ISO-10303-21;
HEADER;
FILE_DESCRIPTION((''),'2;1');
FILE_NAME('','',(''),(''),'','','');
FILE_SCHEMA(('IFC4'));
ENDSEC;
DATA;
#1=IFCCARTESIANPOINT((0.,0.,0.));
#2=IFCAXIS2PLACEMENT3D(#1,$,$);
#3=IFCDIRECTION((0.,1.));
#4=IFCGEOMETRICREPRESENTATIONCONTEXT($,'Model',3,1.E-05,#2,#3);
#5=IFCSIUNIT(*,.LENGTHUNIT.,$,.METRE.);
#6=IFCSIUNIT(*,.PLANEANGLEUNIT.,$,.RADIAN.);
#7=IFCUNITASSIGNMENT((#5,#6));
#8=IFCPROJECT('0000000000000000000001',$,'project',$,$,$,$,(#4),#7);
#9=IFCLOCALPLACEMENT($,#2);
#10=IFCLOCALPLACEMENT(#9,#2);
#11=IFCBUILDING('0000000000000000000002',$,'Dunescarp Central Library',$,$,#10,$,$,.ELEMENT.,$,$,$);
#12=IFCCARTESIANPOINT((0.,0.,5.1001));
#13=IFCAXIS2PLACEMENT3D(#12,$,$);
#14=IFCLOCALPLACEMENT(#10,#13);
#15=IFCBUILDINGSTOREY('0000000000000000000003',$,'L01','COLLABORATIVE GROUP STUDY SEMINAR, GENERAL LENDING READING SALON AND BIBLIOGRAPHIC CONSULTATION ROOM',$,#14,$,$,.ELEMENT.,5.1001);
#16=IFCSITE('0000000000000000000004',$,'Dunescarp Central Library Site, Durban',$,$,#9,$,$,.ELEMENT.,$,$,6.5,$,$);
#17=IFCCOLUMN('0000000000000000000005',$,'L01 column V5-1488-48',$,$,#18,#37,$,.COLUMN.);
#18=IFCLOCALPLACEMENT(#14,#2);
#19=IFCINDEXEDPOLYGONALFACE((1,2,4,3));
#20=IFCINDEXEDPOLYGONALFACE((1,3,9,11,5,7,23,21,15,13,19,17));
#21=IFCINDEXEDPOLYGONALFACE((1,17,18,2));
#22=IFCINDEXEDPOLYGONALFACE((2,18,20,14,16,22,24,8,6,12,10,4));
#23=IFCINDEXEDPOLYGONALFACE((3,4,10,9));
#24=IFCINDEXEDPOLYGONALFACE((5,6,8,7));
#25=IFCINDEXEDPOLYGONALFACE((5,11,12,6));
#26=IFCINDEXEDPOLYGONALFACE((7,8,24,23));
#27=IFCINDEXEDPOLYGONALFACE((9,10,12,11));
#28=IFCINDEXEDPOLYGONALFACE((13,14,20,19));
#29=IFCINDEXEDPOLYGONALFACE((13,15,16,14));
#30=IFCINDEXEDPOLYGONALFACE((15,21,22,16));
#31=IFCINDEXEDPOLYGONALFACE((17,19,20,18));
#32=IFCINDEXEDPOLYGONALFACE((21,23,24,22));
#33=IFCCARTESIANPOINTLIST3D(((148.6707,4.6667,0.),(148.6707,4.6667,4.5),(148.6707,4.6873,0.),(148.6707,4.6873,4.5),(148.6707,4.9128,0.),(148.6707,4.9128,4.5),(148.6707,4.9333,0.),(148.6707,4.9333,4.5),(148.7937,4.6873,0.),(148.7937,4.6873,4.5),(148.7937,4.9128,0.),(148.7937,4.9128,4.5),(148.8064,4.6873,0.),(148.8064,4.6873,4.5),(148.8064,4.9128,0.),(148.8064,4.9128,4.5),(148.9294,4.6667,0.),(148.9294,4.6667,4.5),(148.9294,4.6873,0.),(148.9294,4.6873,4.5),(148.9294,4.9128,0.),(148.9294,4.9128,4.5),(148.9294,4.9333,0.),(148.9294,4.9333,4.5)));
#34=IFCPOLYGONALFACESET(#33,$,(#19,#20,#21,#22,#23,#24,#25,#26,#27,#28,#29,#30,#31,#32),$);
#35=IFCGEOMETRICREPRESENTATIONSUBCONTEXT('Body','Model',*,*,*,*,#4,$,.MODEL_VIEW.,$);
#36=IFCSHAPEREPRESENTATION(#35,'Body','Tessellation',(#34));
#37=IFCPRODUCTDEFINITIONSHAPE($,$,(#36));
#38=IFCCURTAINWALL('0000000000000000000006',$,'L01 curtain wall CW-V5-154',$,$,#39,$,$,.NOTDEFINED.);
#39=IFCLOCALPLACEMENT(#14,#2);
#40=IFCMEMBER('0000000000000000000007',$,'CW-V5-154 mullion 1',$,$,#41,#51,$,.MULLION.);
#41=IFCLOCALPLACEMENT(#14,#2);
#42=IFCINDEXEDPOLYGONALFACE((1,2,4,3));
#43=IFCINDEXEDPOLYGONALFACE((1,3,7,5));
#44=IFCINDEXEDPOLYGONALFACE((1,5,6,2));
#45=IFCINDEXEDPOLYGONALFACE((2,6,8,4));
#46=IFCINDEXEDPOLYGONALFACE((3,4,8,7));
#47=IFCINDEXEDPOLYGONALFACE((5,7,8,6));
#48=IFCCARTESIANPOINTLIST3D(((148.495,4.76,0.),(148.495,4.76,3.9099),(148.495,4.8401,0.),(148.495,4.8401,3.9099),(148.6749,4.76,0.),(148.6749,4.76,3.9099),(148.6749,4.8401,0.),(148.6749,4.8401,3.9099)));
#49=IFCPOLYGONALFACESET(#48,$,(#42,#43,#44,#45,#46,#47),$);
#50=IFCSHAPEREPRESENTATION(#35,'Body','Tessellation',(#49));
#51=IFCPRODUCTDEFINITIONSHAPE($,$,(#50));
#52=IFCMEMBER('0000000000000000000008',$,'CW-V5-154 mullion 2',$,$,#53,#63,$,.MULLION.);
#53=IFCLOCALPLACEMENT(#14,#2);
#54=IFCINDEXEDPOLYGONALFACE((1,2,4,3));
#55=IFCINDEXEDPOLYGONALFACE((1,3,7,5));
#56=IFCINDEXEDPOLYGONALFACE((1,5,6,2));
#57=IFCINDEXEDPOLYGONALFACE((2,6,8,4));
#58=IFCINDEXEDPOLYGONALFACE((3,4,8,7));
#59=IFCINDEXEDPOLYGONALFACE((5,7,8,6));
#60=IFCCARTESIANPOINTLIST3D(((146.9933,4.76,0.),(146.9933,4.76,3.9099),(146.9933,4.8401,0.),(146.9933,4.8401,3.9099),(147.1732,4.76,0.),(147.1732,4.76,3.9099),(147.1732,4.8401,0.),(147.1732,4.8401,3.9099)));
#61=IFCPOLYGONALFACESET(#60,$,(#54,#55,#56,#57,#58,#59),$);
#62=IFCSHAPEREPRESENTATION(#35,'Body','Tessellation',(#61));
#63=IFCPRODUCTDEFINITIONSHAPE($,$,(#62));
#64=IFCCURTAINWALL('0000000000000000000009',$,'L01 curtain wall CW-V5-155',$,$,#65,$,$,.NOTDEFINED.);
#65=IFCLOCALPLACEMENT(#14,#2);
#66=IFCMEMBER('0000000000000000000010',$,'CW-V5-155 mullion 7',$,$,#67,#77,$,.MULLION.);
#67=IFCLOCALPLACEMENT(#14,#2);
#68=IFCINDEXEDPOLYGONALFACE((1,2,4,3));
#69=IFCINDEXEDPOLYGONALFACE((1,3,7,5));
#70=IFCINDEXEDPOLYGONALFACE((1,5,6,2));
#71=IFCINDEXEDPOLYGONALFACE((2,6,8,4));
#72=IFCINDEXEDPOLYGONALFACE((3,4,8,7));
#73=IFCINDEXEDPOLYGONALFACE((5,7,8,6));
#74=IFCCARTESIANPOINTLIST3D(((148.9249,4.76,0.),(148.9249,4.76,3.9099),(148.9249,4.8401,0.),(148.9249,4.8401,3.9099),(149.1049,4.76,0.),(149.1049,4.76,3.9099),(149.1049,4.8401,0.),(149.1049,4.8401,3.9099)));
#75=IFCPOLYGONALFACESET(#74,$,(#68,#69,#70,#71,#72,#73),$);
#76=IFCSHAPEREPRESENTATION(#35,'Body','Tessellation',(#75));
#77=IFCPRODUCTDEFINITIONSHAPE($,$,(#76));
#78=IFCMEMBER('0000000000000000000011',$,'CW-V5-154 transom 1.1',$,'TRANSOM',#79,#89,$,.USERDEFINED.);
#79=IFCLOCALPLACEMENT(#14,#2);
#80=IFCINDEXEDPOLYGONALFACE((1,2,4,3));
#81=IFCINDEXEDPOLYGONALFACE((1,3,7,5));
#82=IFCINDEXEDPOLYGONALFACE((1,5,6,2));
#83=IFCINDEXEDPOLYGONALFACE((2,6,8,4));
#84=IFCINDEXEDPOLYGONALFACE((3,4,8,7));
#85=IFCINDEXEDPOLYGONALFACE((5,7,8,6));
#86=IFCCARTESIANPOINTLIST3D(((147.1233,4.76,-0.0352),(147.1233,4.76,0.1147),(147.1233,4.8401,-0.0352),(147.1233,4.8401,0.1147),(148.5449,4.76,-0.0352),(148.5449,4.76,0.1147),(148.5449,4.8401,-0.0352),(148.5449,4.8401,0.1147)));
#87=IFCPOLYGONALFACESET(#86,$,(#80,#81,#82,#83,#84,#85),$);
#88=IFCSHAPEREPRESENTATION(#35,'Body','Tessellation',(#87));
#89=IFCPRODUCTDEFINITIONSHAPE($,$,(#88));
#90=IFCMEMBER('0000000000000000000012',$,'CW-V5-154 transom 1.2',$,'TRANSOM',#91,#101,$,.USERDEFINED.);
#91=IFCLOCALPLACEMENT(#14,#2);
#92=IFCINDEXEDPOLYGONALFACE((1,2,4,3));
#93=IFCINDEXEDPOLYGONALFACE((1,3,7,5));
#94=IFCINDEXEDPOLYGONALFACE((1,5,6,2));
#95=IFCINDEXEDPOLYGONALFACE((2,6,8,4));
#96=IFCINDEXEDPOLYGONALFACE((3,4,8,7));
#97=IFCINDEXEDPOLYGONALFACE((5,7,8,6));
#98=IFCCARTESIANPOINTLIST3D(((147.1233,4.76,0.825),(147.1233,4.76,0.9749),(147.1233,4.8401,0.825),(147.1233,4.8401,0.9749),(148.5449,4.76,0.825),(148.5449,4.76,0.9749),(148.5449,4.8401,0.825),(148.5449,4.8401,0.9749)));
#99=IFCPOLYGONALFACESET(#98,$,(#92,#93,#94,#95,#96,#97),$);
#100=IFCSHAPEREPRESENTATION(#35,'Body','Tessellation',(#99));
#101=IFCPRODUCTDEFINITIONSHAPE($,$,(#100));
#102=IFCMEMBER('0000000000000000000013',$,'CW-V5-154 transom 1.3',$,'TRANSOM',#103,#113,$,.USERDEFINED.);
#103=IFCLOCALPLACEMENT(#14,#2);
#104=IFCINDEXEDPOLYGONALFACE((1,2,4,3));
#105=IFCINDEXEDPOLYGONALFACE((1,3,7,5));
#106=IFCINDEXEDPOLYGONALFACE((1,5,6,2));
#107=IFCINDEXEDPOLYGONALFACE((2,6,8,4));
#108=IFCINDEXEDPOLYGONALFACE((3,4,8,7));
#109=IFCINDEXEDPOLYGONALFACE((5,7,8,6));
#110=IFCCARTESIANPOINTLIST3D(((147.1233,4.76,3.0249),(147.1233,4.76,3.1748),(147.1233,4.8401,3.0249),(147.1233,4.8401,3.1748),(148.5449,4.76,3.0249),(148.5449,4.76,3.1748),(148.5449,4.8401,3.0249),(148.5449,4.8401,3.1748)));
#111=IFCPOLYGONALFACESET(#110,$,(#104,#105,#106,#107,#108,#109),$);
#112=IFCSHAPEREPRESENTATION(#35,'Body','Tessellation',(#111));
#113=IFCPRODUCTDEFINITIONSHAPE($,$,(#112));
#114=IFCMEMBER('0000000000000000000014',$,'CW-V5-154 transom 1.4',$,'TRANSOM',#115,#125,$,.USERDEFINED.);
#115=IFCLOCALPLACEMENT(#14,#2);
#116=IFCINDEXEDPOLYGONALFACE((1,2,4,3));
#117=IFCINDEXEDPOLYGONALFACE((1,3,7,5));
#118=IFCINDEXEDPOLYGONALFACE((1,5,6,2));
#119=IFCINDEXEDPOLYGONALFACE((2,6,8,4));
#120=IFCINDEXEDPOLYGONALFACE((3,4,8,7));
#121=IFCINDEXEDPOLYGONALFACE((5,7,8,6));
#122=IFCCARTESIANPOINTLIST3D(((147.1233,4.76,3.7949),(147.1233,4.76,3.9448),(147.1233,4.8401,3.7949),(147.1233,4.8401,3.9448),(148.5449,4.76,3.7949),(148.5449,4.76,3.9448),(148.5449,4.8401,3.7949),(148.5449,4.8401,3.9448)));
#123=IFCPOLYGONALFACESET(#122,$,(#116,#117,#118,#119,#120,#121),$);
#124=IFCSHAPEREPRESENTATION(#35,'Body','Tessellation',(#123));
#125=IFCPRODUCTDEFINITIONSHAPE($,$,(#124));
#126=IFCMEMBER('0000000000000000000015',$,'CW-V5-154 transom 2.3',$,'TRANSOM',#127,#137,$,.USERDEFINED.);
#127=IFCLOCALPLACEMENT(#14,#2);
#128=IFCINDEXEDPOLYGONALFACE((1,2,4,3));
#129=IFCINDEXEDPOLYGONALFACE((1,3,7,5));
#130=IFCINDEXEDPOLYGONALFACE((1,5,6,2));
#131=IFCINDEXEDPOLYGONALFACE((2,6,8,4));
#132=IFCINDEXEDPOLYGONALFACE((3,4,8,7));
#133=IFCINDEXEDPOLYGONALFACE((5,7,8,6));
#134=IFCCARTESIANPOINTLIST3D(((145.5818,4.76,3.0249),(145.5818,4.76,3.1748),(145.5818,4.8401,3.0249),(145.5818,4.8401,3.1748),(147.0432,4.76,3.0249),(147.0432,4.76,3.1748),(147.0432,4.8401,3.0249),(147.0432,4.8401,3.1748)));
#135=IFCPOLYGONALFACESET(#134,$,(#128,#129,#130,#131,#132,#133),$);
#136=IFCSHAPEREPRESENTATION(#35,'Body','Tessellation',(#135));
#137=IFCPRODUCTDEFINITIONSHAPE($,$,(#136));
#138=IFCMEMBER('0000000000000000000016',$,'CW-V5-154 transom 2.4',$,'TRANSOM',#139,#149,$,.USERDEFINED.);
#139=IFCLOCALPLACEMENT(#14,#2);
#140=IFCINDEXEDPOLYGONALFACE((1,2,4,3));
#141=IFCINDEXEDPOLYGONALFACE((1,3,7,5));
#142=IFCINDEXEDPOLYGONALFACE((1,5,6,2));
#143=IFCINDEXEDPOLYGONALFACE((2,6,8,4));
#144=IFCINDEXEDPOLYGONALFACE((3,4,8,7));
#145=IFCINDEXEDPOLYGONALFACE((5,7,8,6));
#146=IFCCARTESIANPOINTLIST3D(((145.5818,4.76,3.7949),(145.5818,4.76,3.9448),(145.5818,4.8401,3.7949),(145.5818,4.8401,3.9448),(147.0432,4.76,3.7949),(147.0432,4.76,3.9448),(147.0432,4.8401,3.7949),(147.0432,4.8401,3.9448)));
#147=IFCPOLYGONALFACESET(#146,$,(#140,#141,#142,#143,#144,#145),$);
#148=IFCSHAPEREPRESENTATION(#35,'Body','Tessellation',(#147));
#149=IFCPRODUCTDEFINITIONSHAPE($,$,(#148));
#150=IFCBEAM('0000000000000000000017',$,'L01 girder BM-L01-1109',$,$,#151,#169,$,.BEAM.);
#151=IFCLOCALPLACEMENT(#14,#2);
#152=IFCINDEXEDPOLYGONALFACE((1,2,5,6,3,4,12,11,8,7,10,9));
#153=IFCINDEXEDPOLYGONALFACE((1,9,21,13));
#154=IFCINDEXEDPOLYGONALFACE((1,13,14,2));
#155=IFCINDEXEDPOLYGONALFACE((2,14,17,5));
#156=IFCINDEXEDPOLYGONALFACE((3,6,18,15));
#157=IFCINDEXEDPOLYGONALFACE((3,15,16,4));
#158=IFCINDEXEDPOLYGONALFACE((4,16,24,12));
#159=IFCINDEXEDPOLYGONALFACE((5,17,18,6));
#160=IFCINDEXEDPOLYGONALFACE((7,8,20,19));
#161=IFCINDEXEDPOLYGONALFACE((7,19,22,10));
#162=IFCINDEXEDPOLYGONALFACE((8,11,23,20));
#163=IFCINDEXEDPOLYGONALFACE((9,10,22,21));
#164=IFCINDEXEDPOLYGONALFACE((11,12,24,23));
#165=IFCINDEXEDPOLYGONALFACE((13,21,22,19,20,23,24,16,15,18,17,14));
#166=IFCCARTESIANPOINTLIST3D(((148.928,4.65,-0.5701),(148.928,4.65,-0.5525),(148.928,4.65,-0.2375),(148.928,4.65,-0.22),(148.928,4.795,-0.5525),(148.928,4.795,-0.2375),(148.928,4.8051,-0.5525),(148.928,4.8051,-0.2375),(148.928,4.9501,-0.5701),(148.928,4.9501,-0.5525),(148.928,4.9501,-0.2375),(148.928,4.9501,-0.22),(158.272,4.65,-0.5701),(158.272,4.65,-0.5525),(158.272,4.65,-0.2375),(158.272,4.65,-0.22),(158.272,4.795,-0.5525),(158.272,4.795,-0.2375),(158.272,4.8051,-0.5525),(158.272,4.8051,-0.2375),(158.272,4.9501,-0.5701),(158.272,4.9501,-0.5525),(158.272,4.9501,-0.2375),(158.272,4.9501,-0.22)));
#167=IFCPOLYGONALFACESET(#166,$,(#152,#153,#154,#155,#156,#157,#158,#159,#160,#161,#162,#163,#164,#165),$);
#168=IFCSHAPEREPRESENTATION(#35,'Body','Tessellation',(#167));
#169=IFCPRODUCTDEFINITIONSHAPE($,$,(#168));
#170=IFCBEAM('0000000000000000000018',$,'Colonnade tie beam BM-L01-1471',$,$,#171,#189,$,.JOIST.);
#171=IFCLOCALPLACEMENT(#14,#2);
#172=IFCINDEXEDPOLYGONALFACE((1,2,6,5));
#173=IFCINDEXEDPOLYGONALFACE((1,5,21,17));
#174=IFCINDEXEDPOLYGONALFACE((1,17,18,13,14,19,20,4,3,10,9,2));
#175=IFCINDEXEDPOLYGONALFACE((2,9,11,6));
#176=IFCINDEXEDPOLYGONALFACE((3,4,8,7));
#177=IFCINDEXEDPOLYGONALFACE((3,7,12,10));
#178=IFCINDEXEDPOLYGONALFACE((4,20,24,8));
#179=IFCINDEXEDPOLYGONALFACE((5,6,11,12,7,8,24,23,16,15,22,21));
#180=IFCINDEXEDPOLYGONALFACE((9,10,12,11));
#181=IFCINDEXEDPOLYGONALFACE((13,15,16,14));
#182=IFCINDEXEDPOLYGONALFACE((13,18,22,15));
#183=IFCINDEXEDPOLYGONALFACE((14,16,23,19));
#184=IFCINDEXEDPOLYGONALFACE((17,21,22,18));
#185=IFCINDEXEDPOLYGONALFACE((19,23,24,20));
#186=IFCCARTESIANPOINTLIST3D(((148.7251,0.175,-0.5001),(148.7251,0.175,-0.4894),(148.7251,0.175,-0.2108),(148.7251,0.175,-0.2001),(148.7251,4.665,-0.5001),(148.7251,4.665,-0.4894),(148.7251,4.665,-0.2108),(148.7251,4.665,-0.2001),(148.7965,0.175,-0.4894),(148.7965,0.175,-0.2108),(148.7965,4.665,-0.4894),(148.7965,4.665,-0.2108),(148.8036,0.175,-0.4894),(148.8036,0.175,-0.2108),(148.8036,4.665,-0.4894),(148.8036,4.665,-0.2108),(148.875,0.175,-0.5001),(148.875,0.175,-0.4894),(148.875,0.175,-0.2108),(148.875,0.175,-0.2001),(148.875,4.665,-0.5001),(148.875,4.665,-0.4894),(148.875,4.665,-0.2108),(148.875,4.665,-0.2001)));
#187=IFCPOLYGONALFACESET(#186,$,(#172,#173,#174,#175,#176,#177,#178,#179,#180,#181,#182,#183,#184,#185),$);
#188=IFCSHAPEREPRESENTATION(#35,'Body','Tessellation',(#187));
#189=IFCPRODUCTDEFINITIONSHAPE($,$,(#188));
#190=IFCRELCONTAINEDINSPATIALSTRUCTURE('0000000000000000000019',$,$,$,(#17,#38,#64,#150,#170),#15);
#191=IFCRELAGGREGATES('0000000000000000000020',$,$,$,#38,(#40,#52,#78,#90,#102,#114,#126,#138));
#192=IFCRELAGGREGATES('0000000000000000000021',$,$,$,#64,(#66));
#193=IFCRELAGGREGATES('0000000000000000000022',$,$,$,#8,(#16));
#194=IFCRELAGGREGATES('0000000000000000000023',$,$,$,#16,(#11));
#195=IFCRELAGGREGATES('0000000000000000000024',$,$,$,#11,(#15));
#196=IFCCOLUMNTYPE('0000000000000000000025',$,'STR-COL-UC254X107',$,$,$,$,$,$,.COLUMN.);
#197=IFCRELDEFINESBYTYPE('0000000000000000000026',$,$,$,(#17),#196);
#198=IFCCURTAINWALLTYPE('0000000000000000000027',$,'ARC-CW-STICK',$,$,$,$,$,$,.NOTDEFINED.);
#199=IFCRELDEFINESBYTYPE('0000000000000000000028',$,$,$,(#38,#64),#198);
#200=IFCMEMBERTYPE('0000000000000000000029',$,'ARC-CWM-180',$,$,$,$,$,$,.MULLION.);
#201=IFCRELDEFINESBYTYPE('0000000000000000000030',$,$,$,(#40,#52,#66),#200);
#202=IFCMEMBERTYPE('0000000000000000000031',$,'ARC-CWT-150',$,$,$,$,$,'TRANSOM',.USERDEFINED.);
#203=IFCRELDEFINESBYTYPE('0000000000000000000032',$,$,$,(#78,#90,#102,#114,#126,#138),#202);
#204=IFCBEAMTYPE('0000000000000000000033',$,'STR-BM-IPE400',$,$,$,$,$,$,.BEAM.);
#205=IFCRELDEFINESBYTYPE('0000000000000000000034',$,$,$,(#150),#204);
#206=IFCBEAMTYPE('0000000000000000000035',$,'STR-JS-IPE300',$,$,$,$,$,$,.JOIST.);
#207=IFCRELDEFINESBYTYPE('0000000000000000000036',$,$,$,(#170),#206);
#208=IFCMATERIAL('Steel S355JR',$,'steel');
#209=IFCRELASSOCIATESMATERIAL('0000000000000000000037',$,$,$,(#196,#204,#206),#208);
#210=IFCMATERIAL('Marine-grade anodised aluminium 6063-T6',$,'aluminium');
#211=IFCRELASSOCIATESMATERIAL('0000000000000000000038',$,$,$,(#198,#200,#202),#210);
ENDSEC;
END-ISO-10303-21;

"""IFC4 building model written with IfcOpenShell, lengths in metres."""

from ifc_helpers import new_model, si_unit, direction, frame, origin, origin_2d, place, context, subcontext, project, spatial, rectangle, i_section, extrude, material, material_profile, profile_set, type_object, element, aggregate, save


model = new_model("IFC4")

# Units and contexts
model_context = context("Model", 3, precision=1e-05, world=origin(), true_north=direction((0.0, 1.0)))
body_context = subcontext(model_context, "Body", "Model", "MODEL_VIEW")
ifc_project = project(units=[si_unit("LENGTHUNIT", "METRE"), si_unit("PLANEANGLEUNIT", "RADIAN")], contexts=[model_context])

# Site, building, storey
site_placement = place(None, origin())
site = spatial("IfcSite", under=ifc_project, at=site_placement, Name="Dunescarp Central Library Site, Durban", CompositionType="ELEMENT", RefElevation=6.5)
building_placement = place(site_placement, origin())
building = spatial("IfcBuilding", under=site, at=building_placement, Name="Dunescarp Central Library", CompositionType="ELEMENT")
storey_placement = place(building_placement, frame((0.0, 0.0, 5.1001)))
storey = spatial("IfcBuildingStorey", under=building, at=storey_placement, Name="L01", Description="COLLABORATIVE GROUP STUDY SEMINAR, GENERAL LENDING READING SALON AND BIBLIOGRAPHIC CONSULTATION ROOM", CompositionType="ELEMENT", Elevation=5.1001)

# Column
ifc_material_1 = material(Name="Steel S355JR", Category="steel")
ifc_material_profile_1 = material_profile(ifc_material_1, i_section(OverallWidth=0.2588, OverallDepth=0.2666, WebThickness=0.0127, FlangeThickness=0.0205, at=origin_2d()), Name="UC 254x254x107")
ifc_profile_set_1 = profile_set([ifc_material_profile_1], Name="Steel S355JR")
column_type = type_object("IfcColumnType", Name="STR-COL-UC254X107", PredefinedType="COLUMN", material=ifc_profile_set_1)
column_placement = place(storey_placement, frame((148.8, 4.8, 0.0), z_axis=(0.0, 0.0, 1.0), x_axis=(1.0, 0.0, 0.0)))
element("IfcColumn", 1, at=column_placement, inside=storey, type_object=column_type, Name="L01 column V5-1488-48", PredefinedType="COLUMN", context=body_context, shape_type="SweptSolid", body=[
    extrude(i_section(OverallWidth=0.2588, OverallDepth=0.2666, WebThickness=0.0127, FlangeThickness=0.0205, at=origin_2d()), origin(), (0.0, 0.0, 1.0), 4.5),
])

# Curtain wall, members
ifc_material_2 = material(Name="Marine-grade anodised aluminium 6063-T6", Category="aluminium")
curtain_wall_type = type_object("IfcCurtainWallType", Name="ARC-CW-STICK", PredefinedType="NOTDEFINED", material=ifc_material_2)
curtain_wall_1_placement = place(storey_placement, origin())
curtain_wall_1 = element("IfcCurtainWall", 2, at=curtain_wall_1_placement, inside=storey, type_object=curtain_wall_type, Name="L01 curtain wall CW-V5-154", PredefinedType="NOTDEFINED")
ifc_material_profile_2 = material_profile(ifc_material_2, rectangle(XDim=0.0801, YDim=0.1799, at=origin_2d()), Name="AL 80x180")
ifc_profile_set_2 = profile_set([ifc_material_profile_2], Name="Marine-grade anodised aluminium 6063-T6")
member_type_1 = type_object("IfcMemberType", Name="ARC-CWM-180", PredefinedType="MULLION", material=ifc_profile_set_2)
member_1_placement = place(storey_placement, frame((148.585, 4.8, 0.0), z_axis=(0.0, 0.0, 1.0), x_axis=(0.0, -1.0, 0.0)))
member_1 = element("IfcMember", 3, at=member_1_placement, type_object=member_type_1, Name="CW-V5-154 mullion 1", PredefinedType="MULLION", context=body_context, shape_type="SweptSolid", body=[
    extrude(rectangle(XDim=0.0801, YDim=0.1799, at=origin_2d()), origin(), (0.0, 0.0, 1.0), 3.9099),
])
member_2_placement = place(storey_placement, frame((147.0833, 4.8, 0.0), z_axis=(0.0, 0.0, 1.0), x_axis=(0.0, -1.0, 0.0)))
member_2 = element("IfcMember", 4, at=member_2_placement, type_object=member_type_1, Name="CW-V5-154 mullion 2", PredefinedType="MULLION", context=body_context, shape_type="SweptSolid", body=[
    extrude(rectangle(XDim=0.0801, YDim=0.1799, at=origin_2d()), origin(), (0.0, 0.0, 1.0), 3.9099),
])

# Curtain wall, member
curtain_wall_2_placement = place(storey_placement, origin())
curtain_wall_2 = element("IfcCurtainWall", 5, at=curtain_wall_2_placement, inside=storey, type_object=curtain_wall_type, Name="L01 curtain wall CW-V5-155", PredefinedType="NOTDEFINED")
member_3_placement = place(storey_placement, frame((149.0149, 4.8, 0.0), z_axis=(0.0, 0.0, 1.0), x_axis=(0.0, -1.0, 0.0)))
member_3 = element("IfcMember", 6, at=member_3_placement, type_object=member_type_1, Name="CW-V5-155 mullion 7", PredefinedType="MULLION", context=body_context, shape_type="SweptSolid", body=[
    extrude(rectangle(XDim=0.0801, YDim=0.1799, at=origin_2d()), origin(), (0.0, 0.0, 1.0), 3.9099),
])

# Members
ifc_material_profile_3 = material_profile(ifc_material_2, rectangle(XDim=0.0801, YDim=0.1499, at=origin_2d()), Name="AL 80x150")
ifc_profile_set_3 = profile_set([ifc_material_profile_3], Name="Marine-grade anodised aluminium 6063-T6")
member_type_2 = type_object("IfcMemberType", Name="ARC-CWT-150", ElementType="TRANSOM", PredefinedType="USERDEFINED", material=ifc_profile_set_3)
member_4_placement = place(storey_placement, frame((148.5449, 4.8, 0.0398), z_axis=(-1.0, 0.0, 0.0), x_axis=(0.0, -1.0, 0.0)))
member_4 = element("IfcMember", 7, at=member_4_placement, type_object=member_type_2, Name="CW-V5-154 transom 1.1", ObjectType="TRANSOM", PredefinedType="USERDEFINED", context=body_context, shape_type="SweptSolid", body=[
    extrude(rectangle(XDim=0.0801, YDim=0.1499, at=origin_2d()), origin(), (0.0, 0.0, 1.0), 1.4216),
])
member_5_placement = place(storey_placement, frame((148.5449, 4.8, 0.8999), z_axis=(-1.0, 0.0, 0.0), x_axis=(0.0, -1.0, 0.0)))
member_5 = element("IfcMember", 8, at=member_5_placement, type_object=member_type_2, Name="CW-V5-154 transom 1.2", ObjectType="TRANSOM", PredefinedType="USERDEFINED", context=body_context, shape_type="SweptSolid", body=[
    extrude(rectangle(XDim=0.0801, YDim=0.1499, at=origin_2d()), origin(), (0.0, 0.0, 1.0), 1.4216),
])
member_6_placement = place(storey_placement, frame((148.5449, 4.8, 3.0999), z_axis=(-1.0, 0.0, 0.0), x_axis=(0.0, -1.0, 0.0)))
member_6 = element("IfcMember", 9, at=member_6_placement, type_object=member_type_2, Name="CW-V5-154 transom 1.3", ObjectType="TRANSOM", PredefinedType="USERDEFINED", context=body_context, shape_type="SweptSolid", body=[
    extrude(rectangle(XDim=0.0801, YDim=0.1499, at=origin_2d()), origin(), (0.0, 0.0, 1.0), 1.4216),
])
member_7_placement = place(storey_placement, frame((148.5449, 4.8, 3.8699), z_axis=(-1.0, 0.0, 0.0), x_axis=(0.0, -1.0, 0.0)))
member_7 = element("IfcMember", 10, at=member_7_placement, type_object=member_type_2, Name="CW-V5-154 transom 1.4", ObjectType="TRANSOM", PredefinedType="USERDEFINED", context=body_context, shape_type="SweptSolid", body=[
    extrude(rectangle(XDim=0.0801, YDim=0.1499, at=origin_2d()), origin(), (0.0, 0.0, 1.0), 1.4216),
])
member_8_placement = place(storey_placement, frame((147.0432, 4.8, 3.0999), z_axis=(-1.0, 0.0, 0.0), x_axis=(0.0, -1.0, 0.0)))
member_8 = element("IfcMember", 11, at=member_8_placement, type_object=member_type_2, Name="CW-V5-154 transom 2.3", ObjectType="TRANSOM", PredefinedType="USERDEFINED", context=body_context, shape_type="SweptSolid", body=[
    extrude(rectangle(XDim=0.0801, YDim=0.1499, at=origin_2d()), origin(), (0.0, 0.0, 1.0), 1.4614),
])
member_9_placement = place(storey_placement, frame((147.0432, 4.8, 3.8699), z_axis=(-1.0, 0.0, 0.0), x_axis=(0.0, -1.0, 0.0)))
member_9 = element("IfcMember", 12, at=member_9_placement, type_object=member_type_2, Name="CW-V5-154 transom 2.4", ObjectType="TRANSOM", PredefinedType="USERDEFINED", context=body_context, shape_type="SweptSolid", body=[
    extrude(rectangle(XDim=0.0801, YDim=0.1499, at=origin_2d()), origin(), (0.0, 0.0, 1.0), 1.4614),
])

# Beams
ifc_material_profile_4 = material_profile(ifc_material_1, i_section(OverallWidth=0.3, OverallDepth=0.3501, WebThickness=0.01, FlangeThickness=0.0176, at=origin_2d()), Name="HEA 360")
ifc_profile_set_4 = profile_set([ifc_material_profile_4], Name="Steel S355JR")
beam_type_1 = type_object("IfcBeamType", Name="STR-BM-IPE400", PredefinedType="BEAM", material=ifc_profile_set_4)
beam_1_placement = place(storey_placement, frame((148.928, 4.8, -0.395), z_axis=(1.0, 0.0, 0.0), x_axis=(0.0, 1.0, 0.0)))
element("IfcBeam", 13, at=beam_1_placement, inside=storey, type_object=beam_type_1, Name="L01 girder BM-L01-1109", PredefinedType="BEAM", context=body_context, shape_type="SweptSolid", body=[
    extrude(i_section(OverallWidth=0.3, OverallDepth=0.3501, WebThickness=0.01, FlangeThickness=0.0176, at=origin_2d()), origin(), (0.0, 0.0, 1.0), 9.344),
])
ifc_material_profile_5 = material_profile(ifc_material_1, i_section(OverallWidth=0.1499, OverallDepth=0.3, WebThickness=0.0071, FlangeThickness=0.0107, at=origin_2d()), Name="IPE 300")
ifc_profile_set_5 = profile_set([ifc_material_profile_5], Name="Steel S355JR")
beam_type_2 = type_object("IfcBeamType", Name="STR-JS-IPE300", PredefinedType="JOIST", material=ifc_profile_set_5)
beam_2_placement = place(storey_placement, frame((148.8, 0.175, -0.3501), z_axis=(0.0, 1.0, 0.0), x_axis=(-1.0, 0.0, 0.0)))
element("IfcBeam", 14, at=beam_2_placement, inside=storey, type_object=beam_type_2, Name="Colonnade tie beam BM-L01-1471", PredefinedType="JOIST", context=body_context, shape_type="SweptSolid", body=[
    extrude(i_section(OverallWidth=0.1499, OverallDepth=0.3, WebThickness=0.0071, FlangeThickness=0.0107, at=origin_2d()), origin(), (0.0, 0.0, 1.0), 4.49),
])

aggregate(curtain_wall_1, [member_1, member_2, member_4, member_5, member_6, member_7, member_8, member_9])
aggregate(curtain_wall_2, [member_3])

save(model, "model.ifc")
